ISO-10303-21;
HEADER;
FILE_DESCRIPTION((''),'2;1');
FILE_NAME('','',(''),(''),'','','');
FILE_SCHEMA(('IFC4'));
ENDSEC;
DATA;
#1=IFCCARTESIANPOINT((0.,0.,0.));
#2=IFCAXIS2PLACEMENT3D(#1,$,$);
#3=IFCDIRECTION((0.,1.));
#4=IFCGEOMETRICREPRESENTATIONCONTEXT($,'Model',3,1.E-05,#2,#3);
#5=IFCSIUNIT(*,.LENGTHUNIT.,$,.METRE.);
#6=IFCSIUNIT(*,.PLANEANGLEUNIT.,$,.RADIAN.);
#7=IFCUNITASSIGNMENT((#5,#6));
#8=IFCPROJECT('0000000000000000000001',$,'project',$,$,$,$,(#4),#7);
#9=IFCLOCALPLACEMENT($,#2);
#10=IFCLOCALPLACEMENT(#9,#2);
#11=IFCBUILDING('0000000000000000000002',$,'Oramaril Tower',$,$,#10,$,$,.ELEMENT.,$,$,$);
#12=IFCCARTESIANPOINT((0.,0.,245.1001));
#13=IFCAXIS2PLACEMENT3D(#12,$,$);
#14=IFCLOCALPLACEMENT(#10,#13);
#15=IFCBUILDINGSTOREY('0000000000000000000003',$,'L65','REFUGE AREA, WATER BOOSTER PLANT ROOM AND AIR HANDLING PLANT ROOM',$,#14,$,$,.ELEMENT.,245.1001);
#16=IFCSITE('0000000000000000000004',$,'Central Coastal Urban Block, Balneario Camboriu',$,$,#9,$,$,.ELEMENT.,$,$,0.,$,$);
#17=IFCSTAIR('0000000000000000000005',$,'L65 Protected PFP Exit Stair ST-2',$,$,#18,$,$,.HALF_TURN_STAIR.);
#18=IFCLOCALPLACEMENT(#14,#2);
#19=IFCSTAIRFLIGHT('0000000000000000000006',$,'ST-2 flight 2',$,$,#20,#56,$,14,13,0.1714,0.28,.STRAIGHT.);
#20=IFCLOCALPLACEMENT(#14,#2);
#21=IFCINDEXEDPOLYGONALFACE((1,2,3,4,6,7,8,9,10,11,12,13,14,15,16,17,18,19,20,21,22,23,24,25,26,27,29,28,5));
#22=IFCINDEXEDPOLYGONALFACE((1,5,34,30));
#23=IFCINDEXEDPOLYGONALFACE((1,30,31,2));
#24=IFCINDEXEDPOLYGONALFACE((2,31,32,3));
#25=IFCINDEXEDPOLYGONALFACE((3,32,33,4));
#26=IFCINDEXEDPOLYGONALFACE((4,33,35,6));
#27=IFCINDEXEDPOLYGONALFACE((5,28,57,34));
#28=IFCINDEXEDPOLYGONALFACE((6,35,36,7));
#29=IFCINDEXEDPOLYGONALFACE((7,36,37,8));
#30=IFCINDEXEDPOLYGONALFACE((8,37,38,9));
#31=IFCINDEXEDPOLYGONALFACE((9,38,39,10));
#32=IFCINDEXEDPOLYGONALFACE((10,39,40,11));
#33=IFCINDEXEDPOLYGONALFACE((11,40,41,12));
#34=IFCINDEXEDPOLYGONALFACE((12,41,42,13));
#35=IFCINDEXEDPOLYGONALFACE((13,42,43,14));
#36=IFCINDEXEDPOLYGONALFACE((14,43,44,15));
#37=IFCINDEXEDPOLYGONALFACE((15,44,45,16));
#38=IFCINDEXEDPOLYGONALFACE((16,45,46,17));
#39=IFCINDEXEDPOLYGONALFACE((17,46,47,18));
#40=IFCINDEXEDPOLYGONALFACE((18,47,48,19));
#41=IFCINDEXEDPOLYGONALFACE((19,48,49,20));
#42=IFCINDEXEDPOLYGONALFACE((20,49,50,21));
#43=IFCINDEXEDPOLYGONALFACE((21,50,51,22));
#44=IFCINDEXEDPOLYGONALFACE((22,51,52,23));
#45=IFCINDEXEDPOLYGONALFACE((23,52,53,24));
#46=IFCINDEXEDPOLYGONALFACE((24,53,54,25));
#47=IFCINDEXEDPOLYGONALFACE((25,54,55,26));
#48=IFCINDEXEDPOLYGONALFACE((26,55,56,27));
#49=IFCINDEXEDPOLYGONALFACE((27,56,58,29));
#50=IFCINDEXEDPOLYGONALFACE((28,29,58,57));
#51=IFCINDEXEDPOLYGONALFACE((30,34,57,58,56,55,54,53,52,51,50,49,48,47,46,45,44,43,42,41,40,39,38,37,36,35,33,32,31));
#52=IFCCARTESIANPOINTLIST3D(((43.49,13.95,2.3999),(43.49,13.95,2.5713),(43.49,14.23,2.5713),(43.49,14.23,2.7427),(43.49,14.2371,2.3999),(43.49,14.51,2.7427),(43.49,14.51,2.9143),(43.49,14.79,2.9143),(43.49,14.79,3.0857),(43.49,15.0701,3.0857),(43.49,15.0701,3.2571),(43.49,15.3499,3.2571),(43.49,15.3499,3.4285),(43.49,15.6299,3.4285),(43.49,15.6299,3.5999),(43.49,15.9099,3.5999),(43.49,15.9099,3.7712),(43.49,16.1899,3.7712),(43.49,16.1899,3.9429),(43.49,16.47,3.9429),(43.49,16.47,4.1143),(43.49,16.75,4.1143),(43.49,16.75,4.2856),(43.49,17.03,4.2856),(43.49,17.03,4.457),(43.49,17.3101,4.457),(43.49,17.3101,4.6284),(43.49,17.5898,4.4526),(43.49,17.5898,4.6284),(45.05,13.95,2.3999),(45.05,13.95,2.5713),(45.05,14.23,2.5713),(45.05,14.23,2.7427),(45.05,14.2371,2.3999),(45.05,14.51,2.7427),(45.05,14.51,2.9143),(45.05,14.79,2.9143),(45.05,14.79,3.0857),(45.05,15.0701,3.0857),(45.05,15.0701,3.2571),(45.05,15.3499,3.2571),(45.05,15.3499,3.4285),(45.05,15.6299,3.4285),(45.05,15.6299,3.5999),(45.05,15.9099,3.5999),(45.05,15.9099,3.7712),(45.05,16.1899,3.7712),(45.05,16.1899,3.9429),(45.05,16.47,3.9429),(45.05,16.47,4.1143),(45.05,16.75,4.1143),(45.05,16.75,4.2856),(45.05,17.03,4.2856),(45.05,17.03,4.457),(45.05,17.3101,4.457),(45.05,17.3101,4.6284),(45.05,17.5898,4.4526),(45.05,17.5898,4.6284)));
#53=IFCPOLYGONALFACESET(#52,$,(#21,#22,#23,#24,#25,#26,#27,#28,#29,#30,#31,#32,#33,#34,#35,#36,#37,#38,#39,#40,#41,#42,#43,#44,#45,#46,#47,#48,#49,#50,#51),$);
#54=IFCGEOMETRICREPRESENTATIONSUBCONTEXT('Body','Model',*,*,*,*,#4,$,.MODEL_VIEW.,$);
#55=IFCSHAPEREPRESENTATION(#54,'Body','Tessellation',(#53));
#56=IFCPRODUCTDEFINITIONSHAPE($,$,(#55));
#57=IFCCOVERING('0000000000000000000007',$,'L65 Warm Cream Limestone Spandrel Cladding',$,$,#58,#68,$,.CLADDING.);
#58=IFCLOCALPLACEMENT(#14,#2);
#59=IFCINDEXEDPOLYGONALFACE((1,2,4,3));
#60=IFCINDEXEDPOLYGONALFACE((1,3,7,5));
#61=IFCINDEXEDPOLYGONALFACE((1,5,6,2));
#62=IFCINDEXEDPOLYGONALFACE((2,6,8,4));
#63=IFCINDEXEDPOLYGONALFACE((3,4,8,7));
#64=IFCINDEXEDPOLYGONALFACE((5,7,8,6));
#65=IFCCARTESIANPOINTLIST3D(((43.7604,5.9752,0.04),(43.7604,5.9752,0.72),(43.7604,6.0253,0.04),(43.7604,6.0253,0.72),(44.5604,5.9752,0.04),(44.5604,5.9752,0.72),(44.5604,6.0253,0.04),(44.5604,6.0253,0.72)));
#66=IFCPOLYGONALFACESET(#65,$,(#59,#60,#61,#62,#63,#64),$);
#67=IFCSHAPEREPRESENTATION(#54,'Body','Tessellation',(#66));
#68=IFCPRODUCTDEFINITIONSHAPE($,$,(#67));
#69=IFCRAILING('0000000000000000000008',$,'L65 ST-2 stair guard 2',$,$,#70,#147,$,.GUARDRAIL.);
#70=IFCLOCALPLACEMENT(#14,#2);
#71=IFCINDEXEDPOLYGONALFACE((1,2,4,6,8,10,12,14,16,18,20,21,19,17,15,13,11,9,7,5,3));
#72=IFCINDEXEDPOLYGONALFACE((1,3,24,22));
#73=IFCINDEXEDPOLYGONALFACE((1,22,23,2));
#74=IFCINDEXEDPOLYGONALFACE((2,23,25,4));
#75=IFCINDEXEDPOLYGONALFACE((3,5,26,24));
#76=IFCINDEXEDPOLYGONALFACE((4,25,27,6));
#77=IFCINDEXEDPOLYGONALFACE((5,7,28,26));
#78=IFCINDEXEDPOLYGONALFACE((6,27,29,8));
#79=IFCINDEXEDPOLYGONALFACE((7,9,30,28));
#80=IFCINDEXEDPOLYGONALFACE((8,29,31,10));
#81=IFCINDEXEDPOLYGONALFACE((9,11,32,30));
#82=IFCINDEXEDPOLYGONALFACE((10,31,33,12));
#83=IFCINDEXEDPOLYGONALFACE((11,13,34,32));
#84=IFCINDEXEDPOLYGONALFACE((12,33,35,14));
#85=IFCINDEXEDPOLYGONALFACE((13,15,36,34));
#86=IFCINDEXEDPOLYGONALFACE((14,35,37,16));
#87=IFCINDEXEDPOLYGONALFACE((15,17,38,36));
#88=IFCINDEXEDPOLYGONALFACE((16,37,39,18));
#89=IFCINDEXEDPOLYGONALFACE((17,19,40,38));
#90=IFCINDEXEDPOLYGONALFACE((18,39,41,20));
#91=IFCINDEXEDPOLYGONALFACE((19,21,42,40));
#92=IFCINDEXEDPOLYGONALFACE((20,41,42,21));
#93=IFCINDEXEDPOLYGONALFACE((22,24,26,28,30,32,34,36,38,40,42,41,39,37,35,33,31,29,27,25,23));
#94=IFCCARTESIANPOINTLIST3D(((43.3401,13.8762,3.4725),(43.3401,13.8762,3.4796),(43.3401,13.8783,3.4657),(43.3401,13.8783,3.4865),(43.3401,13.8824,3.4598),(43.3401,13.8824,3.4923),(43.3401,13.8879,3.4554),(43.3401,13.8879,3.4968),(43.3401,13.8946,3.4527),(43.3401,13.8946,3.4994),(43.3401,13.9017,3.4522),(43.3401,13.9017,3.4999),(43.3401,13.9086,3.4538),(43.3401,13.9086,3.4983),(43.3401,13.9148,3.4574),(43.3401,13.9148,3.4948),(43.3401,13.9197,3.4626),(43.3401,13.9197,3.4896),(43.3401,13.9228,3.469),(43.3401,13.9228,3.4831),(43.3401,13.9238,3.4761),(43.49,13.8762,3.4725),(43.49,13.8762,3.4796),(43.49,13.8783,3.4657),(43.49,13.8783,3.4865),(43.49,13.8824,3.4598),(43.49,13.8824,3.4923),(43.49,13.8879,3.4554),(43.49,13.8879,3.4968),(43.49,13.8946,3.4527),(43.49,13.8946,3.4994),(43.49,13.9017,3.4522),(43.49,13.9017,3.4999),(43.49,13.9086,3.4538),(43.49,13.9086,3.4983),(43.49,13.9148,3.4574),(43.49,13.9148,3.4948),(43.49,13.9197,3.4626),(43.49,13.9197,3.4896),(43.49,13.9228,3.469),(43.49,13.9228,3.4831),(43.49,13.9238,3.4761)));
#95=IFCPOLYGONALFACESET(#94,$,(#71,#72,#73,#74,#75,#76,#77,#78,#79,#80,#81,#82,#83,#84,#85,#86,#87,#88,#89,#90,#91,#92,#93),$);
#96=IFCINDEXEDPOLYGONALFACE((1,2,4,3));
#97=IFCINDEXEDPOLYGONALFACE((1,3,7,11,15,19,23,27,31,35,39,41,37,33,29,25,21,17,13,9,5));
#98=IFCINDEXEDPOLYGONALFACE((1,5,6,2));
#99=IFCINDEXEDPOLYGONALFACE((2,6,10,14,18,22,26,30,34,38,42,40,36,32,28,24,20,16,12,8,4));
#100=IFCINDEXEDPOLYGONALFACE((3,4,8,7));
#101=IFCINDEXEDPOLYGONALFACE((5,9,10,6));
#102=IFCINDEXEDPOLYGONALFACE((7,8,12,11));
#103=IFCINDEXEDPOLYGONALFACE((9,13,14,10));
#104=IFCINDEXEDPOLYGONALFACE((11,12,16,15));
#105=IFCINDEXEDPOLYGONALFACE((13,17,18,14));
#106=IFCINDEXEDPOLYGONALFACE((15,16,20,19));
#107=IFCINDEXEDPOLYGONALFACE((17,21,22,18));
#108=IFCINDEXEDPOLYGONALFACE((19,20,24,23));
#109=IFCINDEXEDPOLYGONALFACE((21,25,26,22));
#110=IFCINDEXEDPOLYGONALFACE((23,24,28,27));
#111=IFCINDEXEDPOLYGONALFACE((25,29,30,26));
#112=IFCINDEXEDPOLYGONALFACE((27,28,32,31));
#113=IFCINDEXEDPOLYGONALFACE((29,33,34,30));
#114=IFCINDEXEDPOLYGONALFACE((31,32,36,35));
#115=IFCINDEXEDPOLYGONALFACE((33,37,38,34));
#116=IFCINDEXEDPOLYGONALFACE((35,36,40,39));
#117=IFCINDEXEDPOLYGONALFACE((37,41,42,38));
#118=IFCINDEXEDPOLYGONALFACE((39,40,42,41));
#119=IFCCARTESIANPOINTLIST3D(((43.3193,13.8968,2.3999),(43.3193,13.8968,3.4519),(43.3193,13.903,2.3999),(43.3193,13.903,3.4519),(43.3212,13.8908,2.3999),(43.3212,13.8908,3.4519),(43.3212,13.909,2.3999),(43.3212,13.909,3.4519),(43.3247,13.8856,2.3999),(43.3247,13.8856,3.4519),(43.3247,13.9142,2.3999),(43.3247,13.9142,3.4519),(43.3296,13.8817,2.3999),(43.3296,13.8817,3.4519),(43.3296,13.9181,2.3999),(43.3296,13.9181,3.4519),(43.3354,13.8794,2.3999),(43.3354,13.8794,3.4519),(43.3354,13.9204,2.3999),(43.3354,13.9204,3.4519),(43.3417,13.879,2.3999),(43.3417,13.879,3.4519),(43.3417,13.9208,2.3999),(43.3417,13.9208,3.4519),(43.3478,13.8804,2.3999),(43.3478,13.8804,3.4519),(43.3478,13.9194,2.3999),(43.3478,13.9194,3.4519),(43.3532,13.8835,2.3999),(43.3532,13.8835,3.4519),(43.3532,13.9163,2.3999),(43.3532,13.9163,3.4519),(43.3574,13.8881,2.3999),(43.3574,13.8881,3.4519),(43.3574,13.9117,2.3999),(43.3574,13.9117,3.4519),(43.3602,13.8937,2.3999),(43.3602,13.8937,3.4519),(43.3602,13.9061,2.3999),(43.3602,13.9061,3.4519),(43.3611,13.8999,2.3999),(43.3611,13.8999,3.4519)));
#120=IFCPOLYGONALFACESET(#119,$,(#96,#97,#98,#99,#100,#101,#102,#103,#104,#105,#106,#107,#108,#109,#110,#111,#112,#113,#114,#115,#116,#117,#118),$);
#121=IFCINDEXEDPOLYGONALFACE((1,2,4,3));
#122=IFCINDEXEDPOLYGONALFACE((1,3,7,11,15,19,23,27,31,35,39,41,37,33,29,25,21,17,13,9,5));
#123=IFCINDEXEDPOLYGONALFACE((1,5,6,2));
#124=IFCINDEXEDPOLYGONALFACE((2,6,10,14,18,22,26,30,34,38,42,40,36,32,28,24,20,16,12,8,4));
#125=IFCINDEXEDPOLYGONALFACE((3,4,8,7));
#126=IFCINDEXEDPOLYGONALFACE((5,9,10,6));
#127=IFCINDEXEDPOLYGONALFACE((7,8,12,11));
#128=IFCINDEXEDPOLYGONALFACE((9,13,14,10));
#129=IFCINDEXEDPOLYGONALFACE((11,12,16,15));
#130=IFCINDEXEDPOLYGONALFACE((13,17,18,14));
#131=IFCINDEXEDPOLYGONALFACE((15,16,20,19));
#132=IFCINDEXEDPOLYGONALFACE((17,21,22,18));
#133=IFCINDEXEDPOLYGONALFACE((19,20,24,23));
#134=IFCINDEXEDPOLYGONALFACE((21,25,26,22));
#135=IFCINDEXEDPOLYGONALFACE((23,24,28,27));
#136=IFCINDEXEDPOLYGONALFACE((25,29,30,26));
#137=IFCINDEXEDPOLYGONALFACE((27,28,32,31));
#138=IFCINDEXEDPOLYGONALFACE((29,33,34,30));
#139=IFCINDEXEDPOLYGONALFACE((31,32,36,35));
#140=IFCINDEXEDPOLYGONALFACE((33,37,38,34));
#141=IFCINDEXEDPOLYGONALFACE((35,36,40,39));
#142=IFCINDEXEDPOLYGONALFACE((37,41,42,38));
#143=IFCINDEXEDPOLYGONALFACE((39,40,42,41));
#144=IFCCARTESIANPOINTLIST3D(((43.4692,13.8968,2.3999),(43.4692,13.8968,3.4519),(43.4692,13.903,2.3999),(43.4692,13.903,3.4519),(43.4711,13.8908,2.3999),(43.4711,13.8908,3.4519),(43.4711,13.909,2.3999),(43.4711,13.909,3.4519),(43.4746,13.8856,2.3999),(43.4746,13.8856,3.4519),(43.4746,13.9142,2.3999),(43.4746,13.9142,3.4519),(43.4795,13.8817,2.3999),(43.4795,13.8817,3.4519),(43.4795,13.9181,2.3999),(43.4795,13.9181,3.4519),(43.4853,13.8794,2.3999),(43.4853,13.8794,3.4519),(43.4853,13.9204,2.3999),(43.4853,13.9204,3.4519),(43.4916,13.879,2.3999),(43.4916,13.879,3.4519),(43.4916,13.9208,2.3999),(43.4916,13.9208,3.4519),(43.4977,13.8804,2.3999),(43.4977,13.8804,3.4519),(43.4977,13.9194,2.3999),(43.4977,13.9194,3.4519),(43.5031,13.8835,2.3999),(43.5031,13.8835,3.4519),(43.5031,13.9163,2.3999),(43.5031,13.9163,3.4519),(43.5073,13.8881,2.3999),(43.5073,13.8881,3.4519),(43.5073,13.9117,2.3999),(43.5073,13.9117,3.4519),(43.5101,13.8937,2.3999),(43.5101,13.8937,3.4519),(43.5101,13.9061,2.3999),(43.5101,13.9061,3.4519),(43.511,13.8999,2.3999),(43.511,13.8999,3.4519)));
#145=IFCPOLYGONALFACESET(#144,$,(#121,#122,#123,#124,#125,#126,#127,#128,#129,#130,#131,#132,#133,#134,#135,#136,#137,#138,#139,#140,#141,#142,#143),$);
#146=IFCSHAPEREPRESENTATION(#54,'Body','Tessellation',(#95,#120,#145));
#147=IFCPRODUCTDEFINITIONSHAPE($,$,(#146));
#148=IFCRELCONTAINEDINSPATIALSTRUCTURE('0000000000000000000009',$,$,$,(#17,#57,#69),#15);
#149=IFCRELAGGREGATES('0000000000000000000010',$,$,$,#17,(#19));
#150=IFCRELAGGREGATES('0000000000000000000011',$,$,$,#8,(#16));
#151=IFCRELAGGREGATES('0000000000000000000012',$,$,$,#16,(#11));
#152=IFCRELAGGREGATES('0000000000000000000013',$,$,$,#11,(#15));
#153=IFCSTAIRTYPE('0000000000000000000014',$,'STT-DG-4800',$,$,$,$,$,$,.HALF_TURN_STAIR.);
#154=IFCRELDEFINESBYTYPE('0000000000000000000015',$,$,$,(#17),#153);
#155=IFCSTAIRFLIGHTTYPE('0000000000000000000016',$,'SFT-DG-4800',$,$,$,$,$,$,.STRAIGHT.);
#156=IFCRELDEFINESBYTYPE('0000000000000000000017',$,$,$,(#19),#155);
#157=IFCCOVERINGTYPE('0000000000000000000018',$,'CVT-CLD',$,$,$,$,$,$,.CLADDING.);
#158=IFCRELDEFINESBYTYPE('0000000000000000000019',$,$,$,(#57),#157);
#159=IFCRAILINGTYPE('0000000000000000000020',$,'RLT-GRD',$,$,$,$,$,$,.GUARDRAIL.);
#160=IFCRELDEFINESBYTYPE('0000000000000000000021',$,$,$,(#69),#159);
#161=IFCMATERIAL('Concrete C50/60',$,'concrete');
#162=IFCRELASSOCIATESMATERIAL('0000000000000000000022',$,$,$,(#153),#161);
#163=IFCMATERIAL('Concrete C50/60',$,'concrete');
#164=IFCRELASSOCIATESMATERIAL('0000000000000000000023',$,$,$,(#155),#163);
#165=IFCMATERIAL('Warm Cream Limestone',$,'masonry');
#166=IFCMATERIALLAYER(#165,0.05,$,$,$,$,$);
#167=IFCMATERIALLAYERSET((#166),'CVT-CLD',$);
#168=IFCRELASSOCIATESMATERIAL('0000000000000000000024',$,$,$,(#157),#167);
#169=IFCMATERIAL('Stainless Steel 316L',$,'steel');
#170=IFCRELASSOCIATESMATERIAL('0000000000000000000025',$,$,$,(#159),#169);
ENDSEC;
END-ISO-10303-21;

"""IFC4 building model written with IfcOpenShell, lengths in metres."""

from ifc_helpers import new_model, si_unit, direction, frame, origin, origin_2d, place, context, subcontext, project, spatial, polyline, rectangle, circle, outline, extrude, material, layer, layer_set, type_object, element, aggregate, save


model = new_model("IFC4")

# Units and contexts
model_context = context("Model", 3, precision=1e-05, world=origin(), true_north=direction((0.0, 1.0)))
body_context = subcontext(model_context, "Body", "Model", "MODEL_VIEW")
ifc_project = project(units=[si_unit("LENGTHUNIT", "METRE"), si_unit("PLANEANGLEUNIT", "RADIAN")], contexts=[model_context])

# Site, building, storey
site_placement = place(None, origin())
site = spatial("IfcSite", under=ifc_project, at=site_placement, Name="Central Coastal Urban Block, Balneario Camboriu", CompositionType="ELEMENT", RefElevation=0.0)
building_placement = place(site_placement, origin())
building = spatial("IfcBuilding", under=site, at=building_placement, Name="Oramaril Tower", CompositionType="ELEMENT")
storey_placement = place(building_placement, frame((0.0, 0.0, 245.1001)))
storey = spatial("IfcBuildingStorey", under=building, at=storey_placement, Name="L65", Description="REFUGE AREA, WATER BOOSTER PLANT ROOM AND AIR HANDLING PLANT ROOM", CompositionType="ELEMENT", Elevation=245.1001)

# Stair, stair flight
ifc_material_1 = material(Name="Concrete C50/60", Category="concrete")
stair_type = type_object("IfcStairType", Name="STT-DG-4800", PredefinedType="HALF_TURN_STAIR", material=ifc_material_1)
stair_placement = place(storey_placement, origin())
stair = element("IfcStair", 1, at=stair_placement, inside=storey, type_object=stair_type, Name="L65 Protected PFP Exit Stair ST-2", PredefinedType="HALF_TURN_STAIR")
ifc_material_2 = material(Name="Concrete C50/60", Category="concrete")
stair_flight_type = type_object("IfcStairFlightType", Name="SFT-DG-4800", PredefinedType="STRAIGHT", material=ifc_material_2)
stair_flight_placement = place(storey_placement, frame((44.27, 13.95, 2.3999), z_axis=(0.0, 0.0, 1.0), x_axis=(0.0, 1.0, 0.0)))
stair_flight = element("IfcStairFlight", 2, at=stair_flight_placement, type_object=stair_flight_type, Name="ST-2 flight 2", NumberOfRisers=14, NumberOfTreads=13, PredefinedType="STRAIGHT", RiserHeight=0.1714, TreadLength=0.28, context=body_context, shape_type="SweptSolid", body=[
    extrude(outline(polyline([(0.0, 0.0), (0.0, 0.1714), (0.28, 0.1714), (0.28, 0.3428), (0.5601, 0.3428), (0.5601, 0.5144), (0.8401, 0.5144), (0.8401, 0.6858), (1.1201, 0.6858), (1.1201, 0.8572), (1.3999, 0.8572), (1.3999, 1.0286), (1.6799, 1.0286), (1.6799, 1.2), (1.96, 1.2), (1.96, 1.3713), (2.24, 1.3713), (2.24, 1.543), (2.52, 1.543), (2.52, 1.7144), (2.8, 1.7144), (2.8, 1.8857), (3.0801, 1.8857), (3.0801, 2.0571), (3.3601, 2.0571), (3.3601, 2.2285), (3.6399, 2.2285), (3.6399, 2.3999), (3.6399, 2.0527), (0.2871, 0.0), (0.0, 0.0)])), frame((0.0, 0.78, 0.0), z_axis=(0.0, -1.0, 0.0), x_axis=(1.0, 0.0, 0.0)), (0.0, 0.0, 1.0), 1.5601),
])
aggregate(stair, [stair_flight])

# Covering
ifc_material_3 = material(Name="Warm Cream Limestone", Category="masonry")
ifc_layer_1 = layer(ifc_material_3, 0.05)
ifc_layer_set_1 = layer_set([ifc_layer_1], Name="CVT-CLD")
covering_type = type_object("IfcCoveringType", Name="CVT-CLD", PredefinedType="CLADDING", material=ifc_layer_set_1)
covering_placement = place(storey_placement, frame((44.1604, 6.0002, 0.04), z_axis=(0.0, 0.0, 1.0), x_axis=(1.0, 0.0, 0.0)))
element("IfcCovering", 3, at=covering_placement, inside=storey, type_object=covering_type, Name="L65 Warm Cream Limestone Spandrel Cladding", PredefinedType="CLADDING", context=body_context, shape_type="SweptSolid", body=[
    extrude(rectangle(XDim=0.8, YDim=0.05, at=origin_2d()), origin(), (0.0, 0.0, 1.0), 0.6799),
])

# Railing
ifc_material_4 = material(Name="Stainless Steel 316L", Category="steel")
railing_type = type_object("IfcRailingType", Name="RLT-GRD", PredefinedType="GUARDRAIL", material=ifc_material_4)
railing_1_placement = place(storey_placement, frame((43.3401, 13.8999, 2.3999)))
element("IfcRailing", 4, at=railing_1_placement, inside=storey, type_object=railing_type, Name="L65 ST-2 stair guard 2", PredefinedType="GUARDRAIL", context=body_context, shape_type="SweptSolid", body=[
    extrude(circle(Radius=0.0239, at=origin_2d()), frame((0.0, 0.0, 1.0762), z_axis=(1.0, 0.0, 0.0), x_axis=(0.0, 1.0, 0.0)), (0.0, 0.0, 1.0), 0.1499),
    extrude(circle(Radius=0.021, at=origin_2d()), origin(), (0.0, 0.0, 1.0), 1.052),
    extrude(circle(Radius=0.021, at=origin_2d()), frame((0.1499, 0.0, 0.0)), (0.0, 0.0, 1.0), 1.052),
])

save(model, "model.ifc")
